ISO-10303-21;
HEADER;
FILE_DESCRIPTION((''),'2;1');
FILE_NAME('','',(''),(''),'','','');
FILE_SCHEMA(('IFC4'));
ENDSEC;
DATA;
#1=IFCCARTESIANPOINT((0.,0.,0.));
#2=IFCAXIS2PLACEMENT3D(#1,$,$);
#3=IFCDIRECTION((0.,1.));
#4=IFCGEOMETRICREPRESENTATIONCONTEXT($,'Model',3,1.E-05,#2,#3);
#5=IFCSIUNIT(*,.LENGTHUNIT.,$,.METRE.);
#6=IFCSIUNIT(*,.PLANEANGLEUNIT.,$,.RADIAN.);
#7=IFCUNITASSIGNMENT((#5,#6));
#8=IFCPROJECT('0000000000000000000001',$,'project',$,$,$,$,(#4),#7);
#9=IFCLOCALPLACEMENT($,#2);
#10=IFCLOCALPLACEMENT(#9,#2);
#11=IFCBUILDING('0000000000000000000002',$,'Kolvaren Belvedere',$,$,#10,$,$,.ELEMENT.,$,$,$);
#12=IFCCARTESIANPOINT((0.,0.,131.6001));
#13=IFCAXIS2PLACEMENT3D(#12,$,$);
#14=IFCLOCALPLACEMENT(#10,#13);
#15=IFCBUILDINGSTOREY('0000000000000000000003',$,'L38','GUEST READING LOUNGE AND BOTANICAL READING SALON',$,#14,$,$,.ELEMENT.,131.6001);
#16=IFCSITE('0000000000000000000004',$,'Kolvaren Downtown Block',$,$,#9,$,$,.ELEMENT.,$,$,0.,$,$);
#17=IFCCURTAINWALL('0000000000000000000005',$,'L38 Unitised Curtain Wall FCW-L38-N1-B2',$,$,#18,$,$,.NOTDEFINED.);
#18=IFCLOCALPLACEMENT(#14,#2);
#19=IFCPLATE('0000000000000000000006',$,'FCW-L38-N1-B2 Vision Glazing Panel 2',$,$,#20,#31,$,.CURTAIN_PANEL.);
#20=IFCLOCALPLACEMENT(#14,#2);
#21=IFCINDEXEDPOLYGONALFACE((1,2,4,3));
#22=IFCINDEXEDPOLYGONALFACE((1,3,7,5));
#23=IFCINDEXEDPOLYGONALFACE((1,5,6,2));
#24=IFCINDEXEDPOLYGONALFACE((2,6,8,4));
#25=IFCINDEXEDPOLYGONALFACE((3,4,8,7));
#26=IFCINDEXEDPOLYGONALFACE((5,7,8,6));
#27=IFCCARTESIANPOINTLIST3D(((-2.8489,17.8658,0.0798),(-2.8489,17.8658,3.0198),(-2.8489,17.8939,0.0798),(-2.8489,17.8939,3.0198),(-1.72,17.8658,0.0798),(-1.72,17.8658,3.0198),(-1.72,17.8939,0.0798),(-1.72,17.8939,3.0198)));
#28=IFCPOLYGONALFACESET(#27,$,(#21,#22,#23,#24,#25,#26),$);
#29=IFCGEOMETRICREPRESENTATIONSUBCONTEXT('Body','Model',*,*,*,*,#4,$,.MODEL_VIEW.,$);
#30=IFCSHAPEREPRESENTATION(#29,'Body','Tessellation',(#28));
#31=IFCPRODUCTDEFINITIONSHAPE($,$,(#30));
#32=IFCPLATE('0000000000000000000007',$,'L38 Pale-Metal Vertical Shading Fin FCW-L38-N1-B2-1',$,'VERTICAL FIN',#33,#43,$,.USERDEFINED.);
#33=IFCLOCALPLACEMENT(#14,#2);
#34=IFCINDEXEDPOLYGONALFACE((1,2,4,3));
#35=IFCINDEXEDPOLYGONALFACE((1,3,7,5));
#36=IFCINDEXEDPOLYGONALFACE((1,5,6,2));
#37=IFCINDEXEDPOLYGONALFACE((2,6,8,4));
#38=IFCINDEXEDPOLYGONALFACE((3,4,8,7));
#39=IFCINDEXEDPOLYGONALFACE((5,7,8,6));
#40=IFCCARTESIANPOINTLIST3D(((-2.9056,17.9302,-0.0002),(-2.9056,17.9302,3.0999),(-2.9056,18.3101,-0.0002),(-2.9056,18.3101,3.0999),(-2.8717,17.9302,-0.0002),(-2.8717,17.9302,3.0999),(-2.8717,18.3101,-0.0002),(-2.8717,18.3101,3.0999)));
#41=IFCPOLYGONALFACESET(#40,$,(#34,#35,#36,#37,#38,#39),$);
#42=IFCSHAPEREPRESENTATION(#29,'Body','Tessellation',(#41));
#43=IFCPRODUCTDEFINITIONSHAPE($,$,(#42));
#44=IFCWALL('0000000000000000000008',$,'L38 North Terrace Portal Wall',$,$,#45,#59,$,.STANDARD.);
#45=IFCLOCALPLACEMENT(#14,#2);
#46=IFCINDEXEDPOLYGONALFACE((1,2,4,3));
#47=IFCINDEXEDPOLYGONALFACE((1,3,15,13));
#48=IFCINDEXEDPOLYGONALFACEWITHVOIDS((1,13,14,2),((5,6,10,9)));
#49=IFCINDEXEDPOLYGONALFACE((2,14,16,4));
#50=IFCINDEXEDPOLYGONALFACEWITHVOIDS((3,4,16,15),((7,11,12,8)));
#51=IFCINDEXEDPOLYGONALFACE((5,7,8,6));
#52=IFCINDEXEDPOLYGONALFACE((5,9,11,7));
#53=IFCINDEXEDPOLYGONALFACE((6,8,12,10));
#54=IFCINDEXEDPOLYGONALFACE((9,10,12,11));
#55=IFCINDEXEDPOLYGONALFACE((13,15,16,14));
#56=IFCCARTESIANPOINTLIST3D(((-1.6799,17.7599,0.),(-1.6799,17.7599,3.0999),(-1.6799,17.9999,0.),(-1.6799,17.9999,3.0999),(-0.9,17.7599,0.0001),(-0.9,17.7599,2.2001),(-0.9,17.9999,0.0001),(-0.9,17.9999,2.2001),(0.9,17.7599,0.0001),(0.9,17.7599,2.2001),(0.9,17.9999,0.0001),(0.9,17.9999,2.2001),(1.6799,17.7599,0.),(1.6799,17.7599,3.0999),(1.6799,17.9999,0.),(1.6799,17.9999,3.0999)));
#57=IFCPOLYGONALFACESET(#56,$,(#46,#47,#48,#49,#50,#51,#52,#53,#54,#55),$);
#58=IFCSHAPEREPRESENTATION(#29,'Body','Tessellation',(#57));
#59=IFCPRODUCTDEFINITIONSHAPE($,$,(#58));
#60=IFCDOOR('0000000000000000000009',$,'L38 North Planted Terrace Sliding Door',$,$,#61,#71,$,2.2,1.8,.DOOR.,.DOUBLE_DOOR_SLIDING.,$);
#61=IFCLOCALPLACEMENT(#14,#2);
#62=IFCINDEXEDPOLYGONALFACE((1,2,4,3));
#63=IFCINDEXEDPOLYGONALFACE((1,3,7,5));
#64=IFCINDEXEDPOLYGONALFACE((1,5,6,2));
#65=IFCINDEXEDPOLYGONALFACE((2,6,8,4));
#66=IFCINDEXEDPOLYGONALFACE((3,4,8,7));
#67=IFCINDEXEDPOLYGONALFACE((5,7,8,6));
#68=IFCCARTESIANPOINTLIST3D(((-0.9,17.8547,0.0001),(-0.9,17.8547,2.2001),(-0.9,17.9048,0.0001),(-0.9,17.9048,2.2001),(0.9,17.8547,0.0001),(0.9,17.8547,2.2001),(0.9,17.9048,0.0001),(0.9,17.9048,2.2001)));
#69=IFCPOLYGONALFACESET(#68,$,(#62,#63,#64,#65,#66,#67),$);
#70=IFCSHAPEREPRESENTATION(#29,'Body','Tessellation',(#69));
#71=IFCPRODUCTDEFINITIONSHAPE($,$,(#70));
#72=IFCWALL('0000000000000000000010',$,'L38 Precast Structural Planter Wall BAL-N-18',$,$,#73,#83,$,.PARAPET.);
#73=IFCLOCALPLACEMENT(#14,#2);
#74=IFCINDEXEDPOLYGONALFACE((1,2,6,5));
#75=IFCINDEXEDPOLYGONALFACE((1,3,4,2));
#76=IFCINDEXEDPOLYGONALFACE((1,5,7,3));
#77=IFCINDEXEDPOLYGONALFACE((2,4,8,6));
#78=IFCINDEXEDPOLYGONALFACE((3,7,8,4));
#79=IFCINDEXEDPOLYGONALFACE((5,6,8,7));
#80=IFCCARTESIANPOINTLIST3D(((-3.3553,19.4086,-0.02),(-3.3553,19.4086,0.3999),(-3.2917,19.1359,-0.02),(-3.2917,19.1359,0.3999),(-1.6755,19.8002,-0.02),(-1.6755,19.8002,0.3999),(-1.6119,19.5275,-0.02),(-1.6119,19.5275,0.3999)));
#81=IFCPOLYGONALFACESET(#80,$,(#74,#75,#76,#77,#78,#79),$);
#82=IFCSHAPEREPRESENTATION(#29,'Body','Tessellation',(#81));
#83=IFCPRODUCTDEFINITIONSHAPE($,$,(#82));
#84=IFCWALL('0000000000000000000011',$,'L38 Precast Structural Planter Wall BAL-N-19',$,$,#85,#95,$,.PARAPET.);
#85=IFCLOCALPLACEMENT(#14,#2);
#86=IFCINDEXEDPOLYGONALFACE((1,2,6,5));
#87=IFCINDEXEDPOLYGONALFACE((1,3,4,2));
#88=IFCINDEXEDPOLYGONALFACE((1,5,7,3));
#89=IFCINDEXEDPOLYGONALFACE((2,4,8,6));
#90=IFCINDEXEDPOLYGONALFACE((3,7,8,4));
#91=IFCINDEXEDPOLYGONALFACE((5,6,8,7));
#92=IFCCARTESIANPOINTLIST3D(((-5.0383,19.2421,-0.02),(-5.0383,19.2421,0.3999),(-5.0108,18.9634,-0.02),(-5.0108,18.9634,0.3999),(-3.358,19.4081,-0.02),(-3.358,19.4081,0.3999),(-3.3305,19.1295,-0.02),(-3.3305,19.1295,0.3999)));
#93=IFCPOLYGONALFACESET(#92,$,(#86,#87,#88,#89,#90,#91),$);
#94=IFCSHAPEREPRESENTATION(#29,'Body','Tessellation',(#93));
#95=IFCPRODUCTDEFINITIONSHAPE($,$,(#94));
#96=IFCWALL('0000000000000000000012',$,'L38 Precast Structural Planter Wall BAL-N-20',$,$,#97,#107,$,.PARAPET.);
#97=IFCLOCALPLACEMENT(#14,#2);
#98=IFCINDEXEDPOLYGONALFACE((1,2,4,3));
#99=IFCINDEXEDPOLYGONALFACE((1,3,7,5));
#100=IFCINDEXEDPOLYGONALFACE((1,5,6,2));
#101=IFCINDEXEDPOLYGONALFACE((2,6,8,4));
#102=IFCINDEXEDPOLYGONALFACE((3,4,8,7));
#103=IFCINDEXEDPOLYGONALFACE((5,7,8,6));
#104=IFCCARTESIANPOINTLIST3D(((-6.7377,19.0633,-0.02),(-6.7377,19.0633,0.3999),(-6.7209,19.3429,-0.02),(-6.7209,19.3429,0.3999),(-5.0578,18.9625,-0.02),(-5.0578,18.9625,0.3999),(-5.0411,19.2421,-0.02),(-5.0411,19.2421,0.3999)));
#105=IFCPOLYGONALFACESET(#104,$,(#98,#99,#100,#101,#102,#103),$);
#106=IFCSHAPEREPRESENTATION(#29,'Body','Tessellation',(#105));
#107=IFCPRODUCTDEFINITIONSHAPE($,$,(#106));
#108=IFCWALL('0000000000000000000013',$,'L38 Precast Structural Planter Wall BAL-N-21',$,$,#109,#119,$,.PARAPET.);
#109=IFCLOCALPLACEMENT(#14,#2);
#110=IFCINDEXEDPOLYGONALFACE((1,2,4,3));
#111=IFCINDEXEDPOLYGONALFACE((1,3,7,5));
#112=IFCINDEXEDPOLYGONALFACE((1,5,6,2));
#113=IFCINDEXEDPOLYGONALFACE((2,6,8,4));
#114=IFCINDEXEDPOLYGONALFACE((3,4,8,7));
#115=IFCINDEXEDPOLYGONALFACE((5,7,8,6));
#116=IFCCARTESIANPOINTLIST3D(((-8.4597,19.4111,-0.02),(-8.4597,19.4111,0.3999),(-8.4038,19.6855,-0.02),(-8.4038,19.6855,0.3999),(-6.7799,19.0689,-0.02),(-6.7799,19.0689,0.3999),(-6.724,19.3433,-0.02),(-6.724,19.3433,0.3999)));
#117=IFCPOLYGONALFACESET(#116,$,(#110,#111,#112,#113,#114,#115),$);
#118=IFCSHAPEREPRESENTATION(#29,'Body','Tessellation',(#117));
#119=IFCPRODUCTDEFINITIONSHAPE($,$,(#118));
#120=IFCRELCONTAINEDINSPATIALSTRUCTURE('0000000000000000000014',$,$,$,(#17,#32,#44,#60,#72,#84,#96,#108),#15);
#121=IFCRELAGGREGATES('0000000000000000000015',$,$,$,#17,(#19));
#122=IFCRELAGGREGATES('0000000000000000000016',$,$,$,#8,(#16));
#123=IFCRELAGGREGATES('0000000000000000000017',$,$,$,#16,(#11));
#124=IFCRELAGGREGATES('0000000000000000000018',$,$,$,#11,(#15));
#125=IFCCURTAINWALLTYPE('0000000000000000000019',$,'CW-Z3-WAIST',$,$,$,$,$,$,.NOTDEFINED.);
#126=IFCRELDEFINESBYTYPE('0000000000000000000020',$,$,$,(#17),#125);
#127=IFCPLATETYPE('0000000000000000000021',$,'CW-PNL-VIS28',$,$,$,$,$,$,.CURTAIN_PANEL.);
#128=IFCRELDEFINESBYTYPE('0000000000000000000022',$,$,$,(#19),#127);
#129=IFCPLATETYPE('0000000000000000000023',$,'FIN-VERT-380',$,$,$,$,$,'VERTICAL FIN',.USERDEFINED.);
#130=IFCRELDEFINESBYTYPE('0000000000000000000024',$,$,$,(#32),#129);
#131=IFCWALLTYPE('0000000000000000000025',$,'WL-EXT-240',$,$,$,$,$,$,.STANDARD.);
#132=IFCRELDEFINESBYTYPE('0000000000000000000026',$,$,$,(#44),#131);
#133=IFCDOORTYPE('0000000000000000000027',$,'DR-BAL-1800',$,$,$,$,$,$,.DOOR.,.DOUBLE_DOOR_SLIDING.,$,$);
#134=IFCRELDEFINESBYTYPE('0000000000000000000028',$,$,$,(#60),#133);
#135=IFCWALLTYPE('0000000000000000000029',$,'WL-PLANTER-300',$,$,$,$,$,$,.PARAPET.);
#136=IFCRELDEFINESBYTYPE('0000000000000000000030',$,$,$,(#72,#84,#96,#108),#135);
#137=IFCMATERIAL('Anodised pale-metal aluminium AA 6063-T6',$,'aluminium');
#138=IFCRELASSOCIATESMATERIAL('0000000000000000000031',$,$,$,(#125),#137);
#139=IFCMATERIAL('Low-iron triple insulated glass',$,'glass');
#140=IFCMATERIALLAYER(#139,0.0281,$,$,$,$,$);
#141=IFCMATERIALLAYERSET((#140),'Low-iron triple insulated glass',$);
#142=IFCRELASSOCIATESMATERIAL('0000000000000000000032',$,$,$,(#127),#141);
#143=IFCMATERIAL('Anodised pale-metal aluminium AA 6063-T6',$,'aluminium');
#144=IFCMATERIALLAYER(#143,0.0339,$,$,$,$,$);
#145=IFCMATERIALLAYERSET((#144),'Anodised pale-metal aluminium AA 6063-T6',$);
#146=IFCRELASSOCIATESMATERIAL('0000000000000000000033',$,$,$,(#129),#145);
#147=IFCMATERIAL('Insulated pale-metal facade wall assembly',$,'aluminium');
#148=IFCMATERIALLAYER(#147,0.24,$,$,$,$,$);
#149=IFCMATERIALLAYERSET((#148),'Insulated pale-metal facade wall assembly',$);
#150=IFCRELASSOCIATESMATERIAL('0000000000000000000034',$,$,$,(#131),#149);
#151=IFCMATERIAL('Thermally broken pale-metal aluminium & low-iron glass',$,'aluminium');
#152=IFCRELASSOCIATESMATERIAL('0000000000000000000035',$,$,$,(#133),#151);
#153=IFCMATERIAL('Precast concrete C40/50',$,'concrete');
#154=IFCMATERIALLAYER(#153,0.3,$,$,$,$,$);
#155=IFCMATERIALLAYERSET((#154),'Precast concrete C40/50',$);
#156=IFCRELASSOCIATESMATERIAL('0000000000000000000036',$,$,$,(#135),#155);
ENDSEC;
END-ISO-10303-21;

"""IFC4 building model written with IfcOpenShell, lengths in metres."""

from ifc_helpers import new_model, si_unit, direction, frame, frame_2d, origin, origin_2d, place, context, subcontext, project, spatial, rectangle, extrude, material, layer, layer_set, type_object, element, fill, aggregate, save


model = new_model("IFC4")

# Units and contexts
model_context = context("Model", 3, precision=1e-05, world=origin(), true_north=direction((0.0, 1.0)))
body_context = subcontext(model_context, "Body", "Model", "MODEL_VIEW")
ifc_project = project(units=[si_unit("LENGTHUNIT", "METRE"), si_unit("PLANEANGLEUNIT", "RADIAN")], contexts=[model_context])

# Site, building, storey
site_placement = place(None, origin())
site = spatial("IfcSite", under=ifc_project, at=site_placement, Name="Kolvaren Downtown Block", CompositionType="ELEMENT", RefElevation=0.0)
building_placement = place(site_placement, origin())
building = spatial("IfcBuilding", under=site, at=building_placement, Name="Kolvaren Belvedere", CompositionType="ELEMENT")
storey_placement = place(building_placement, frame((0.0, 0.0, 131.6001)))
storey = spatial("IfcBuildingStorey", under=building, at=storey_placement, Name="L38", Description="GUEST READING LOUNGE AND BOTANICAL READING SALON", CompositionType="ELEMENT", Elevation=131.6001)

# Shared definitions
ifc_material_1 = material(Name="Anodised pale-metal aluminium AA 6063-T6", Category="aluminium")
curtain_wall_type = type_object("IfcCurtainWallType", Name="CW-Z3-WAIST", PredefinedType="NOTDEFINED", material=ifc_material_1)

# Curtain wall
curtain_wall_1_placement = place(storey_placement, origin())
curtain_wall_1 = element("IfcCurtainWall", 1, at=curtain_wall_1_placement, inside=storey, type_object=curtain_wall_type, Name="L38 Unitised Curtain Wall FCW-L38-N1-B2", PredefinedType="NOTDEFINED")

# Plates
ifc_material_2 = material(Name="Low-iron triple insulated glass", Category="glass")
ifc_layer_1 = layer(ifc_material_2, 0.0281)
ifc_layer_set_1 = layer_set([ifc_layer_1], Name="Low-iron triple insulated glass")
plate_type_1 = type_object("IfcPlateType", Name="CW-PNL-VIS28", PredefinedType="CURTAIN_PANEL", material=ifc_layer_set_1)
plate_1_placement = place(storey_placement, frame((-2.2844, 17.8799, 0.0798), z_axis=(0.0, 0.0, 1.0), x_axis=(1.0, 0.0, 0.0)))
plate_1 = element("IfcPlate", 2, at=plate_1_placement, type_object=plate_type_1, Name="FCW-L38-N1-B2 Vision Glazing Panel 2", PredefinedType="CURTAIN_PANEL", context=body_context, shape_type="SweptSolid", body=[
    extrude(rectangle(XDim=1.1289, YDim=0.0281, at=origin_2d()), origin(), (0.0, 0.0, 1.0), 2.9399),
])
aggregate(curtain_wall_1, [plate_1])
ifc_material_3 = material(Name="Anodised pale-metal aluminium AA 6063-T6", Category="aluminium")
ifc_layer_2 = layer(ifc_material_3, 0.0339)
ifc_layer_set_2 = layer_set([ifc_layer_2], Name="Anodised pale-metal aluminium AA 6063-T6")
plate_type_2 = type_object("IfcPlateType", Name="FIN-VERT-380", ElementType="VERTICAL FIN", PredefinedType="USERDEFINED", material=ifc_layer_set_2)
plate_2_placement = place(storey_placement, frame((-2.8887, 18.1201, -0.0002), z_axis=(0.0, 0.0, 1.0), x_axis=(0.0, 1.0, 0.0)))
element("IfcPlate", 3, at=plate_2_placement, inside=storey, type_object=plate_type_2, Name="L38 Pale-Metal Vertical Shading Fin FCW-L38-N1-B2-1", ObjectType="VERTICAL FIN", PredefinedType="USERDEFINED", context=body_context, shape_type="SweptSolid", body=[
    extrude(rectangle(XDim=0.3799, YDim=0.0339, at=origin_2d()), origin(), (0.0, 0.0, 1.0), 3.1001),
])

# Wall, opening, door
ifc_material_4 = material(Name="Insulated pale-metal facade wall assembly", Category="aluminium")
ifc_layer_3 = layer(ifc_material_4, 0.24)
ifc_layer_set_3 = layer_set([ifc_layer_3], Name="Insulated pale-metal facade wall assembly")
wall_type_1 = type_object("IfcWallType", Name="WL-EXT-240", PredefinedType="STANDARD", material=ifc_layer_set_3)
wall_1_placement = place(storey_placement, frame((-1.6799, 17.8799, 0.0), z_axis=(0.0, 0.0, 1.0), x_axis=(1.0, 0.0, 0.0)))
wall_1 = element("IfcWall", 4, at=wall_1_placement, inside=storey, type_object=wall_type_1, Name="L38 North Terrace Portal Wall", PredefinedType="STANDARD", context=body_context, shape_type="SweptSolid", body=[
    extrude(rectangle(XDim=3.3599, YDim=0.24, at=frame_2d((1.6799, 0.0))), origin(), (0.0, 0.0, 1.0), 3.0999),
])
opening_placement = place(wall_1_placement, frame((0.78, 0.0, 0.0)))
opening = element("IfcOpeningElement", 5, at=opening_placement, cuts=wall_1, PredefinedType="OPENING", context=body_context, shape_type="SweptSolid", body=[
    extrude(rectangle(XDim=1.8, YDim=2.2, at=frame_2d((0.8999, 1.1001))), frame((0.0, 0.1299, 0.0), z_axis=(0.0, -1.0, 0.0), x_axis=(1.0, 0.0, 0.0)), (0.0, 0.0, 1.0), 0.26),
])
ifc_material_5 = material(Name="Thermally broken pale-metal aluminium & low-iron glass", Category="aluminium")
door_type = type_object("IfcDoorType", Name="DR-BAL-1800", OperationType="DOUBLE_DOOR_SLIDING", PredefinedType="DOOR", material=ifc_material_5)
door_placement = place(opening_placement, origin())
door = element("IfcDoor", 6, at=door_placement, inside=storey, type_object=door_type, Name="L38 North Planted Terrace Sliding Door", OperationType="DOUBLE_DOOR_SLIDING", OverallHeight=2.2, OverallWidth=1.8, PredefinedType="DOOR", context=body_context, shape_type="SweptSolid", body=[
    extrude(rectangle(XDim=1.8, YDim=2.2, at=frame_2d((0.8999, 1.1001))), frame((0.0, 0.0249, 0.0), z_axis=(0.0, -1.0, 0.0), x_axis=(1.0, 0.0, 0.0)), (0.0, 0.0, 1.0), 0.05),
])
fill(opening, door)

# Walls
ifc_material_6 = material(Name="Precast concrete C40/50", Category="concrete")
ifc_layer_4 = layer(ifc_material_6, 0.3)
ifc_layer_set_4 = layer_set([ifc_layer_4], Name="Precast concrete C40/50")
wall_type_2 = type_object("IfcWallType", Name="WL-PLANTER-300", PredefinedType="PARAPET", material=ifc_layer_set_4)
wall_2_placement = place(storey_placement, frame((-1.6438, 19.6638, -0.02), z_axis=(0.0, 0.0, 1.0), x_axis=(-0.97389, -0.227019, 0.0)))
element("IfcWall", 7, at=wall_2_placement, inside=storey, type_object=wall_type_2, Name="L38 Precast Structural Planter Wall BAL-N-18", PredefinedType="PARAPET", context=body_context, shape_type="SweptSolid", body=[
    extrude(rectangle(XDim=1.7249, YDim=0.28, at=frame_2d((0.8623, 0.0))), origin(), (0.0, 0.0, 1.0), 0.4199),
])
wall_3_placement = place(storey_placement, frame((-3.3442, 19.2688, -0.02), z_axis=(0.0, 0.0, 1.0), x_axis=(-0.995154, -0.09833, 0.0)))
element("IfcWall", 8, at=wall_3_placement, inside=storey, type_object=wall_type_2, Name="L38 Precast Structural Planter Wall BAL-N-19", PredefinedType="PARAPET", context=body_context, shape_type="SweptSolid", body=[
    extrude(rectangle(XDim=1.6885, YDim=0.28, at=frame_2d((0.8442, 0.0))), origin(), (0.0, 0.0, 1.0), 0.4199),
])
wall_4_placement = place(storey_placement, frame((-5.0496, 19.1023, -0.02), z_axis=(0.0, 0.0, 1.0), x_axis=(-0.998204, 0.059913, 0.0)))
element("IfcWall", 9, at=wall_4_placement, inside=storey, type_object=wall_type_2, Name="L38 Precast Structural Planter Wall BAL-N-20", PredefinedType="PARAPET", context=body_context, shape_type="SweptSolid", body=[
    extrude(rectangle(XDim=1.6829, YDim=0.28, at=frame_2d((0.8413, 0.0))), origin(), (0.0, 0.0, 1.0), 0.4199),
])
wall_5_placement = place(storey_placement, frame((-6.752, 19.2061, -0.02), z_axis=(0.0, 0.0, 1.0), x_axis=(-0.979868, 0.199648, 0.0)))
element("IfcWall", 10, at=wall_5_placement, inside=storey, type_object=wall_type_2, Name="L38 Precast Structural Planter Wall BAL-N-21", PredefinedType="PARAPET", context=body_context, shape_type="SweptSolid", body=[
    extrude(rectangle(XDim=1.7144, YDim=0.28, at=frame_2d((0.8572, 0.0))), origin(), (0.0, 0.0, 1.0), 0.4199),
])

save(model, "model.ifc")
